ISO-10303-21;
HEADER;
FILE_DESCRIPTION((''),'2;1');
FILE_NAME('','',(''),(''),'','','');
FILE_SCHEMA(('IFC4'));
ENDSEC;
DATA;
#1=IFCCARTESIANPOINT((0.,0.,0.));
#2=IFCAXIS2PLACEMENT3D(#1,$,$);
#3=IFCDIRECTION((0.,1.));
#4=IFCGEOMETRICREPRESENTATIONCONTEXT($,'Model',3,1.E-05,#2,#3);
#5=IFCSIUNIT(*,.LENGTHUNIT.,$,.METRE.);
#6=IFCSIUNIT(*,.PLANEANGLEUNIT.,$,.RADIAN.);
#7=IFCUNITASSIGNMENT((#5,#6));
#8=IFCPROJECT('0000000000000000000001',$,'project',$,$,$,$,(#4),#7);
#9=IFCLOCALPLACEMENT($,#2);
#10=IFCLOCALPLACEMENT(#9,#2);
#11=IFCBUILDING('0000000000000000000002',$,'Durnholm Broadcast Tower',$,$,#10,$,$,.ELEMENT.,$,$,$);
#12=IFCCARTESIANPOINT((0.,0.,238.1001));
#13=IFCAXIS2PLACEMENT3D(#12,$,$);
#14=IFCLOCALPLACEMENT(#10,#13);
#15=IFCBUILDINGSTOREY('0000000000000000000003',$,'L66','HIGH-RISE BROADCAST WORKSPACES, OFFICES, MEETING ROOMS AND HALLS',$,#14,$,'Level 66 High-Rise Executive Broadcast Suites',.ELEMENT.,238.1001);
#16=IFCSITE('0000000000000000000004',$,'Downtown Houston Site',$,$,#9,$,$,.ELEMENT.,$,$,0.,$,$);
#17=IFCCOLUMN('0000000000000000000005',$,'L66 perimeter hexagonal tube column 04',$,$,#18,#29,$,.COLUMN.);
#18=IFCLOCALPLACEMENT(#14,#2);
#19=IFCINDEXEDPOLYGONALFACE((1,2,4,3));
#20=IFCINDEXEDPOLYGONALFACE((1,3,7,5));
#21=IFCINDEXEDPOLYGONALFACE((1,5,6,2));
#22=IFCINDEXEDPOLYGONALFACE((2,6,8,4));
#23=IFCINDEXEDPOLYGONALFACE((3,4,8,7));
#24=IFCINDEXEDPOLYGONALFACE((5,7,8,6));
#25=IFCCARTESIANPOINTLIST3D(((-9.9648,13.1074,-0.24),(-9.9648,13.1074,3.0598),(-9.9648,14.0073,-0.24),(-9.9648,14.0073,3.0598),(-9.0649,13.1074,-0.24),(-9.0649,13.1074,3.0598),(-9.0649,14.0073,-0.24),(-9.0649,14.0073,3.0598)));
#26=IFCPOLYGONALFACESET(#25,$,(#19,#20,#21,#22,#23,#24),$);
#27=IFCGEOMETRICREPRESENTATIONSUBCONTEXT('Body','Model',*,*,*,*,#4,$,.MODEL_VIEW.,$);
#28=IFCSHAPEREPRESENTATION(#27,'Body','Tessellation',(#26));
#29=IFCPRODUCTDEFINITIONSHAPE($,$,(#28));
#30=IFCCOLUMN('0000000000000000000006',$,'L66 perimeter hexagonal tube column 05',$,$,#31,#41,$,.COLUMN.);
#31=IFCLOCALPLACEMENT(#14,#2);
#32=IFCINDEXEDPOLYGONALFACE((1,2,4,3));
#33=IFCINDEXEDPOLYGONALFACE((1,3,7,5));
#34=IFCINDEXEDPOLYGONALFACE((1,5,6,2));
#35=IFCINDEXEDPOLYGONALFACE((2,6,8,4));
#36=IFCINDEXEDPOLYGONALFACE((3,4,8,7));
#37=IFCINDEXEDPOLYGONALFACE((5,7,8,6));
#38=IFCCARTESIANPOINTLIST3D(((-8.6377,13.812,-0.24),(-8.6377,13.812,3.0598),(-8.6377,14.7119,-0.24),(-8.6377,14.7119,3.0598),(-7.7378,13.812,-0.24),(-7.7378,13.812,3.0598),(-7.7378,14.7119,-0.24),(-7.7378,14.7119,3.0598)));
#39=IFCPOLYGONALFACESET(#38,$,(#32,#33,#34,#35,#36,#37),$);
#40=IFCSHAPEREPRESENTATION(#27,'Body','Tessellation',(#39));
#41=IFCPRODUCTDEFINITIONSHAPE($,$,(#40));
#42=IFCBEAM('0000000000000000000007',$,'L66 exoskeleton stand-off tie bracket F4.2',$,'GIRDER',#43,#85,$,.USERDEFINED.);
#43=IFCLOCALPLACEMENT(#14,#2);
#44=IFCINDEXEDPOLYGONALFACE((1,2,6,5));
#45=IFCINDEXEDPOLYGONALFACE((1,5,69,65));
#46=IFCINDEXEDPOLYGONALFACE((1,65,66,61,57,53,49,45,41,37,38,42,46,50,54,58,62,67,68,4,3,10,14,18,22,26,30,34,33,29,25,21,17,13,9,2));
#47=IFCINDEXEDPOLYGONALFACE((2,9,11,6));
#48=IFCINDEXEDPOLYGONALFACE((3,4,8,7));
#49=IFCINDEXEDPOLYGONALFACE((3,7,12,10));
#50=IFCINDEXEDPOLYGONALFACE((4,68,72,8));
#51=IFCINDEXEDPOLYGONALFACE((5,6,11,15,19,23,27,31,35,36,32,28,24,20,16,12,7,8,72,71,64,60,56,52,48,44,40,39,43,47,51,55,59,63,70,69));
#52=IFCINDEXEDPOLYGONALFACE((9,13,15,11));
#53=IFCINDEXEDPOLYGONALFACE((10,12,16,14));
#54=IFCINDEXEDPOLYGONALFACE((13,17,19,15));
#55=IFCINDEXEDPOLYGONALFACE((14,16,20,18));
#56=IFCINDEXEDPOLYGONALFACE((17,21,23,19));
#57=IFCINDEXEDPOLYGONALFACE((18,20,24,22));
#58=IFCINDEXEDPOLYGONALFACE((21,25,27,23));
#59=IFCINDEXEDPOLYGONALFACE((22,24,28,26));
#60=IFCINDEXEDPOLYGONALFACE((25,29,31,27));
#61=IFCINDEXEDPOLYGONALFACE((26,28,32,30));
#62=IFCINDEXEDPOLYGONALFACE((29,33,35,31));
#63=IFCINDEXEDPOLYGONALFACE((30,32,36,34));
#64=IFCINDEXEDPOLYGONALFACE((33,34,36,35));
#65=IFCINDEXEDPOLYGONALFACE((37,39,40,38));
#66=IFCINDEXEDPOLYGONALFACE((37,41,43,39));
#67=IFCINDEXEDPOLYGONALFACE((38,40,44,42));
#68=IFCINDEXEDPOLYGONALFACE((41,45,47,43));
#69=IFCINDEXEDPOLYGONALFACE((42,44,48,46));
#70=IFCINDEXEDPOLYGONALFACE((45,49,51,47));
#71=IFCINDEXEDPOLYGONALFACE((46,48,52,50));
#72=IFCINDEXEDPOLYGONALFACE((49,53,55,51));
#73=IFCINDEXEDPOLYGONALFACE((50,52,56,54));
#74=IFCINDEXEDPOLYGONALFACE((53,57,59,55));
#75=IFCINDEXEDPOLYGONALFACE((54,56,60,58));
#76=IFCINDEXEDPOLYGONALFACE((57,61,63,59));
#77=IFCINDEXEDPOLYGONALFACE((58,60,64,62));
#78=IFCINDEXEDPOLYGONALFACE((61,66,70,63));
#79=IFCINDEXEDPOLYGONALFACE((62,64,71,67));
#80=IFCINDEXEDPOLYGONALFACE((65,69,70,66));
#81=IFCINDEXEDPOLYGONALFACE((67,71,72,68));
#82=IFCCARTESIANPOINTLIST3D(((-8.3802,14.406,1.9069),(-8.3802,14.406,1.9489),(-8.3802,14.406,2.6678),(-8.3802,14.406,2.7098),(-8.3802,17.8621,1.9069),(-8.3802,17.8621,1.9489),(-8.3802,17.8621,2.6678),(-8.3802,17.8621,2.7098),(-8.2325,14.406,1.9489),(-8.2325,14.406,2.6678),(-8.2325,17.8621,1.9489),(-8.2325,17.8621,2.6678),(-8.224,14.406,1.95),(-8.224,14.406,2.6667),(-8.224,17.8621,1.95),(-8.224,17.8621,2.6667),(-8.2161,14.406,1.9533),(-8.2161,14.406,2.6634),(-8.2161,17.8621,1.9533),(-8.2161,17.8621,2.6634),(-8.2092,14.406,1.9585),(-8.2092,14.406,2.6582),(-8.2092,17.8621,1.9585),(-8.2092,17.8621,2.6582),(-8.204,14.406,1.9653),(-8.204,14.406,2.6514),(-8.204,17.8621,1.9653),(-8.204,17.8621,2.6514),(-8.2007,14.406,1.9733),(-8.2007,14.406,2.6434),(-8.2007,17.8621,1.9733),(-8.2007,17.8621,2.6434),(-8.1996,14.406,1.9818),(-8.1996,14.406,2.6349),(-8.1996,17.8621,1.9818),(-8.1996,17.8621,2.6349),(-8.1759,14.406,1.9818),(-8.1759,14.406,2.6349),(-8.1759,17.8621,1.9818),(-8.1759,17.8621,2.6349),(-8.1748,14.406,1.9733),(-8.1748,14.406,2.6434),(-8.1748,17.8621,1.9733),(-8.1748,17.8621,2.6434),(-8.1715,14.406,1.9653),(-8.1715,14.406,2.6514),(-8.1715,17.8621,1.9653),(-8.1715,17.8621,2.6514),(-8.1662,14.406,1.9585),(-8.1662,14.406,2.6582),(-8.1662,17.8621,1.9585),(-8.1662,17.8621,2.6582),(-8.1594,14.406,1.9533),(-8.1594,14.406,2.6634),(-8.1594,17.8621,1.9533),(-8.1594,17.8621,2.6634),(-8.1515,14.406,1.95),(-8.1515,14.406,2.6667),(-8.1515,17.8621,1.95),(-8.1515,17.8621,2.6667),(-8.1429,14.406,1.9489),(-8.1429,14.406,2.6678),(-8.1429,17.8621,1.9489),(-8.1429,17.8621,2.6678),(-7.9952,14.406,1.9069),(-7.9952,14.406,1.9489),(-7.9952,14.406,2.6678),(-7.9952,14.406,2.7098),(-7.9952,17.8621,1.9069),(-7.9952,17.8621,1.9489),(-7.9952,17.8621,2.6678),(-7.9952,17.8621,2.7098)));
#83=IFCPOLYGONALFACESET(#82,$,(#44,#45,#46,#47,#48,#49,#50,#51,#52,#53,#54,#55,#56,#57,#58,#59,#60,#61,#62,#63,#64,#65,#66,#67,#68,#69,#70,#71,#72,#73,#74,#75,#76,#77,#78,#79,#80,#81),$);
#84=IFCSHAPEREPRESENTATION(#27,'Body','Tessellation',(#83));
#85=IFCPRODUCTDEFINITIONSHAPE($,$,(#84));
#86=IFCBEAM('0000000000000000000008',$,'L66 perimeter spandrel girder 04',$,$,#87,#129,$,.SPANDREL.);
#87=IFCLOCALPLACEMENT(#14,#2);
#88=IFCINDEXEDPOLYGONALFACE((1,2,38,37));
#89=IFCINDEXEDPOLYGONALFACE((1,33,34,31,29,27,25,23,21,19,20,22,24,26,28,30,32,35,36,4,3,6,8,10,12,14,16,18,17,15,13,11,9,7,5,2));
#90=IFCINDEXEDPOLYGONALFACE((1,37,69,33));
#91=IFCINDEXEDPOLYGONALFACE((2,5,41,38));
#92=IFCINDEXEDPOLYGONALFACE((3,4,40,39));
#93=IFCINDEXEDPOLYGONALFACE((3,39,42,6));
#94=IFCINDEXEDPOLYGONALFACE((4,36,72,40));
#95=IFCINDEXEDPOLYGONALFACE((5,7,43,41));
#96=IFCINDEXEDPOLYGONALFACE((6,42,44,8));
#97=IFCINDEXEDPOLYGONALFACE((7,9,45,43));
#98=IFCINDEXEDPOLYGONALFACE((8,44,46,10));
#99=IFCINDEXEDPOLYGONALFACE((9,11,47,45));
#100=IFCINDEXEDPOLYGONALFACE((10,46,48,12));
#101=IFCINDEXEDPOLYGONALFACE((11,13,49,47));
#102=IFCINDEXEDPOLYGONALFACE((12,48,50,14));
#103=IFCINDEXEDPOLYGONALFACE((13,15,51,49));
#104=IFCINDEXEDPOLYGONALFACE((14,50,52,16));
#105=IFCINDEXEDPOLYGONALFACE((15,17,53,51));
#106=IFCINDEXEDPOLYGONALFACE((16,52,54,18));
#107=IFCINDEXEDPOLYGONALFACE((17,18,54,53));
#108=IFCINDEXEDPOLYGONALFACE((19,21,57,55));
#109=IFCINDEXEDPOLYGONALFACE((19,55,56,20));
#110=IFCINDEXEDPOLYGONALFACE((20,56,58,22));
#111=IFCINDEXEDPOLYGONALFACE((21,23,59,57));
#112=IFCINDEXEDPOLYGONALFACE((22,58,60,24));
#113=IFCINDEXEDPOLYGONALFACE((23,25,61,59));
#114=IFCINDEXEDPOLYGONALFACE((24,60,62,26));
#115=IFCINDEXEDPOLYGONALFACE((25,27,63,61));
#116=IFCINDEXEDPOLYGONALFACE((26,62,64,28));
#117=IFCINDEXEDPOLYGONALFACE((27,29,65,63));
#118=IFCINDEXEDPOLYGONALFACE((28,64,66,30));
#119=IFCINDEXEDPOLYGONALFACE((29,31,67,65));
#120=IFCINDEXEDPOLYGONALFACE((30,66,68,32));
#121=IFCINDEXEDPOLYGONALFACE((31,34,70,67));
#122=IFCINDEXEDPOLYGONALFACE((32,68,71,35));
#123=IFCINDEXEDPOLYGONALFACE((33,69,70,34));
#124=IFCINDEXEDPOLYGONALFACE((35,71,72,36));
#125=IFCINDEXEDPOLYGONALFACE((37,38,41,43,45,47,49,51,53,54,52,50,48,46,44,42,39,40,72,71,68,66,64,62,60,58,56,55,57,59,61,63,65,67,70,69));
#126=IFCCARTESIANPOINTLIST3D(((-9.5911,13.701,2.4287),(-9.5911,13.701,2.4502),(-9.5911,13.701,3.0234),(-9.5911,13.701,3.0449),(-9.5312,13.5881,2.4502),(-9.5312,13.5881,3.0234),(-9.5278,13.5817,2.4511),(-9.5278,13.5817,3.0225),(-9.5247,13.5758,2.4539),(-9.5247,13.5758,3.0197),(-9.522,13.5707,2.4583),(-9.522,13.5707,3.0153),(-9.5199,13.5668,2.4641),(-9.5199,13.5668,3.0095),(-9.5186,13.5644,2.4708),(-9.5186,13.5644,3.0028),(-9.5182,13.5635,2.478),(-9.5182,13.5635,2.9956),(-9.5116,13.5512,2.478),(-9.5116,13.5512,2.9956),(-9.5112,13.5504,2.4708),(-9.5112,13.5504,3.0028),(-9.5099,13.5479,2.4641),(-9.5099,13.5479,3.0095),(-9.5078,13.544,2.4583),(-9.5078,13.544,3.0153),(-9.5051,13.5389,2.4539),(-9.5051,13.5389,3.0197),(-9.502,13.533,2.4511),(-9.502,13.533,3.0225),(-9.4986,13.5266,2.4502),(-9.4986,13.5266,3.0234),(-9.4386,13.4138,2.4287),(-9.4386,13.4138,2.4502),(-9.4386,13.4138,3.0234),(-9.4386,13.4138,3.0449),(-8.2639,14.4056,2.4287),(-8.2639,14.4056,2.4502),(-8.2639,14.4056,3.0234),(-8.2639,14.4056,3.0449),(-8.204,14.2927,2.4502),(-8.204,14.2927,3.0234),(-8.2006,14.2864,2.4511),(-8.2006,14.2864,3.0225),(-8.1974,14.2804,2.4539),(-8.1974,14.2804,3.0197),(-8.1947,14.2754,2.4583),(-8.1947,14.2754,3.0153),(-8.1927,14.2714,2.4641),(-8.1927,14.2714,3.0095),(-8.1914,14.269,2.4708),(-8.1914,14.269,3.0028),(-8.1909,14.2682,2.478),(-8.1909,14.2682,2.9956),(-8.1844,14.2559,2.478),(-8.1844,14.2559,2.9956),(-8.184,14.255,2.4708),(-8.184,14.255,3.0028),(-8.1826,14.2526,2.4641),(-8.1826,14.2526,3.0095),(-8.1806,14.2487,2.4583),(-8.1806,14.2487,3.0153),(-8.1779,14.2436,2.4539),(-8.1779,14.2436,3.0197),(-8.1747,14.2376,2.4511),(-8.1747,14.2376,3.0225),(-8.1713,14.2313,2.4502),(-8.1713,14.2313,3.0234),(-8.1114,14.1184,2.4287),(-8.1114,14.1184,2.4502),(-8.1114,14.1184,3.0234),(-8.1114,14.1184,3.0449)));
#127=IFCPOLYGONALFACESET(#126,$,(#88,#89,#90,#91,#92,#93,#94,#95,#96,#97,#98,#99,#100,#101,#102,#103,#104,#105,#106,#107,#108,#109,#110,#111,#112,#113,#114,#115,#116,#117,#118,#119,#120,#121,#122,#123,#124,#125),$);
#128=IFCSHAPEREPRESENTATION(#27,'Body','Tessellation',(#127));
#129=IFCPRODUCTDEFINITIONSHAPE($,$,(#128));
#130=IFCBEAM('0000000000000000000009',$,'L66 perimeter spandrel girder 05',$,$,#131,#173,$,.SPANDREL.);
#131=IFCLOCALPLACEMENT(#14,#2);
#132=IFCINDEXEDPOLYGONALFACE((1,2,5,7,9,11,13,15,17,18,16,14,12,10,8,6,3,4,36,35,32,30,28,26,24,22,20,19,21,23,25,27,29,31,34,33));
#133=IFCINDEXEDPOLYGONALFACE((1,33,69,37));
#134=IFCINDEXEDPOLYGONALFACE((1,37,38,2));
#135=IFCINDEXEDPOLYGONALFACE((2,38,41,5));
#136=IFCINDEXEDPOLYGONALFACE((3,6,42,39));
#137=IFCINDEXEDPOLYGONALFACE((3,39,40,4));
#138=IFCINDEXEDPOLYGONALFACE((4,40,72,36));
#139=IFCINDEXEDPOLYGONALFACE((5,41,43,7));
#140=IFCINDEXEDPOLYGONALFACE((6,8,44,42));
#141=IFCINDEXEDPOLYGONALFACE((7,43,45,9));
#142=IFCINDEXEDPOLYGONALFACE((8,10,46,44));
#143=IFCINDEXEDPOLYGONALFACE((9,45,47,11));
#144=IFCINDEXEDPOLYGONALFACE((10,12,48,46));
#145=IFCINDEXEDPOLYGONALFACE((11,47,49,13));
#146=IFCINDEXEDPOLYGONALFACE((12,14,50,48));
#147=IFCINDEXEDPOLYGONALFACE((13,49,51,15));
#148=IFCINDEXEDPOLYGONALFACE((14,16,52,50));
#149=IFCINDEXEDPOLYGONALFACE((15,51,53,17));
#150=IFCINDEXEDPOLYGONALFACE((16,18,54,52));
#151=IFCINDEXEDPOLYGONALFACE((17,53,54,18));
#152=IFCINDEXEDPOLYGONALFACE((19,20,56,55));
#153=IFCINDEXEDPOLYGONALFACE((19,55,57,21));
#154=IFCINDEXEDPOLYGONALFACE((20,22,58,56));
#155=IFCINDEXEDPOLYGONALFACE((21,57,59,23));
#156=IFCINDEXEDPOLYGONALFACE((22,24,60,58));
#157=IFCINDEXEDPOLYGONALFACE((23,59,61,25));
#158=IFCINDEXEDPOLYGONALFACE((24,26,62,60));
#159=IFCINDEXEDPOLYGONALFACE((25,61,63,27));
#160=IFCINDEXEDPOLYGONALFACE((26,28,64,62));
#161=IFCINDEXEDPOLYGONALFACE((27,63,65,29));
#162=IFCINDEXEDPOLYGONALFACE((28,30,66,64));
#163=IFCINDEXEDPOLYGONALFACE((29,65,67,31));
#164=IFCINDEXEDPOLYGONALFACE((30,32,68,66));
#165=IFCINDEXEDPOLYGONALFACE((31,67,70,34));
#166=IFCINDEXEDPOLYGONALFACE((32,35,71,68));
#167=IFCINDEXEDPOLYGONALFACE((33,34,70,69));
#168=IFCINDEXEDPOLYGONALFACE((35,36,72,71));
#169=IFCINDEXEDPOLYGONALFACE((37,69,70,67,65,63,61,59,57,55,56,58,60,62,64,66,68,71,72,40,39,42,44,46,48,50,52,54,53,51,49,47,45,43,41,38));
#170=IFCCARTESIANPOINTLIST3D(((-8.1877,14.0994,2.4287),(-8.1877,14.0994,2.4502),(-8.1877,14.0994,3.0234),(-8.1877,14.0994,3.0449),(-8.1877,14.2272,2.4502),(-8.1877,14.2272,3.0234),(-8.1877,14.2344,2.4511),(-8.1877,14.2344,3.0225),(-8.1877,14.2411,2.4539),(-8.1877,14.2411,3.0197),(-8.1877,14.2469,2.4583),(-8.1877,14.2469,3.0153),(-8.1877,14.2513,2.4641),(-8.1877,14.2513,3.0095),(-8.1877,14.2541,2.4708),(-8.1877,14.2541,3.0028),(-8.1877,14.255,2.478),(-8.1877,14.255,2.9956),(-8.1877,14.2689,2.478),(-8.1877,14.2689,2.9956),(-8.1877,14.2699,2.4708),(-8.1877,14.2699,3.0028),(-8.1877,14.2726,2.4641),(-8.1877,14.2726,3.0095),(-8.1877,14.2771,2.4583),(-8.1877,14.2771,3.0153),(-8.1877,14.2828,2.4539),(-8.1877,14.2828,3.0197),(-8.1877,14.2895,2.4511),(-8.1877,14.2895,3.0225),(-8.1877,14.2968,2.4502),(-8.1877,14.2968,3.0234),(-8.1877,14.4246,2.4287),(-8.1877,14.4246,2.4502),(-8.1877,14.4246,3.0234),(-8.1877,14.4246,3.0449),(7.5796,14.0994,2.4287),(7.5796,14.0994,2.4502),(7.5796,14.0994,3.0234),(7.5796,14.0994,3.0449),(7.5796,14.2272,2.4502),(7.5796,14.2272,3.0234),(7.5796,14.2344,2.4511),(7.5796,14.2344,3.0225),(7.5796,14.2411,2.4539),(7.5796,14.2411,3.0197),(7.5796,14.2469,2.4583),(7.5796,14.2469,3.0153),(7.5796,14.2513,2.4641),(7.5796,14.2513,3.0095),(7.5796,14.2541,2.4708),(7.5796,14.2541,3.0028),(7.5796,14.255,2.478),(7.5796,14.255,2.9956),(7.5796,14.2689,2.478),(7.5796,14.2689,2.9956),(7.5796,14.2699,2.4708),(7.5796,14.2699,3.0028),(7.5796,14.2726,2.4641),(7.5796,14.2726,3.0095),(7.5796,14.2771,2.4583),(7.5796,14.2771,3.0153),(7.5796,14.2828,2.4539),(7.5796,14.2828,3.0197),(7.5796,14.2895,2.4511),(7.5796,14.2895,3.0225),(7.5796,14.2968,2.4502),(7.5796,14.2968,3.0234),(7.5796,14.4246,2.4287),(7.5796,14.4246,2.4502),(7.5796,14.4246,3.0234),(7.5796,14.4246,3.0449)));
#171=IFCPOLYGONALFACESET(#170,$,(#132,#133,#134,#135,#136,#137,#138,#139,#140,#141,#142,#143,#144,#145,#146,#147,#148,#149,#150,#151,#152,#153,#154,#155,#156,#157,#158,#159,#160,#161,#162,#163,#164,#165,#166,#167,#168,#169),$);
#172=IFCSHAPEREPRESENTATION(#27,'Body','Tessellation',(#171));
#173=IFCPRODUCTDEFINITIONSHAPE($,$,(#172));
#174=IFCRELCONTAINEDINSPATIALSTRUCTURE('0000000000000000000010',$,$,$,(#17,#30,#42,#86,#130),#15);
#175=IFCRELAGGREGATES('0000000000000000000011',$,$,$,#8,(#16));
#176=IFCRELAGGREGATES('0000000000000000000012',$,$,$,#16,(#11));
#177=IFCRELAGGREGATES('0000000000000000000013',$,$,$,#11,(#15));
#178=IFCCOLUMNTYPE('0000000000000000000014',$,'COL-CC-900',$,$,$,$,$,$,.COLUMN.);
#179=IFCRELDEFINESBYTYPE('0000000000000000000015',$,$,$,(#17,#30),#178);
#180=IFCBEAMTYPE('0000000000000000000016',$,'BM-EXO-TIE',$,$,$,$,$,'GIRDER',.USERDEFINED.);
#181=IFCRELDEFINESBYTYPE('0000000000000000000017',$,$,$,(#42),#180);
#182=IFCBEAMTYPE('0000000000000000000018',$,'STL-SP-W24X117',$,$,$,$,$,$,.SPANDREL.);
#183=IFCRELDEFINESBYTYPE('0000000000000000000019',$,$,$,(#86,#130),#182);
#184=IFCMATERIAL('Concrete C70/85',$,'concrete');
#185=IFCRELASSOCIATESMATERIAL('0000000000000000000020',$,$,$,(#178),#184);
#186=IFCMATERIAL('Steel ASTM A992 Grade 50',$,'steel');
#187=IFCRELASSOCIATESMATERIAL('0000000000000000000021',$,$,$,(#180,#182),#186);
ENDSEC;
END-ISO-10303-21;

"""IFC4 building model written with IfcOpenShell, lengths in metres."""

from ifc_helpers import new_model, si_unit, direction, frame, origin, origin_2d, place, context, subcontext, project, spatial, rectangle, i_section, extrude, source, transform, mapped, material, material_profile, profile_set, type_object, type_shapes, element, save


model = new_model("IFC4")

# Units and contexts
model_context = context("Model", 3, precision=1e-05, world=origin(), true_north=direction((0.0, 1.0)))
body_context = subcontext(model_context, "Body", "Model", "MODEL_VIEW")
ifc_project = project(units=[si_unit("LENGTHUNIT", "METRE"), si_unit("PLANEANGLEUNIT", "RADIAN")], contexts=[model_context])

# Site, building, storey
site_placement = place(None, origin())
site = spatial("IfcSite", under=ifc_project, at=site_placement, Name="Downtown Houston Site", CompositionType="ELEMENT", RefElevation=0.0)
building_placement = place(site_placement, origin())
building = spatial("IfcBuilding", under=site, at=building_placement, Name="Durnholm Broadcast Tower", CompositionType="ELEMENT")
storey_placement = place(building_placement, frame((0.0, 0.0, 238.1001)))
storey = spatial("IfcBuildingStorey", under=building, at=storey_placement, Name="L66", Description="HIGH-RISE BROADCAST WORKSPACES, OFFICES, MEETING ROOMS AND HALLS", LongName="Level 66 High-Rise Executive Broadcast Suites", CompositionType="ELEMENT", Elevation=238.1001)

# Columns
ifc_material_1 = material(Name="Concrete C70/85", Category="concrete")
ifc_material_profile_1 = material_profile(ifc_material_1, rectangle(XDim=0.8999, YDim=0.8999, at=origin_2d()), Name="RC900X900")
ifc_profile_set_1 = profile_set([ifc_material_profile_1], Name="Concrete C70/85")
column_type = type_object("IfcColumnType", Name="COL-CC-900", PredefinedType="COLUMN", material=ifc_profile_set_1)
shared_shape_1 = source(origin(), body_context, "Body", "SweptSolid", [
    extrude(rectangle(XDim=0.8999, YDim=0.8999, at=origin_2d()), origin(), (0.0, 0.0, 1.0), 3.2998),
])
type_shapes(column_type, [shared_shape_1])
for number, where, z_axis, x_axis, name in (
    (1, (-9.5149, 13.5574, -0.24), (0.0, 0.0, 1.0), (1.0, 0.0, 0.0), "L66 perimeter hexagonal tube column 04"),
    (2, (-8.1877, 14.262, -0.24), (0.0, 0.0, 1.0), (1.0, 0.0, 0.0), "L66 perimeter hexagonal tube column 05"),
):
    element("IfcColumn", number, at=place(storey_placement, frame(where, z_axis=z_axis, x_axis=x_axis)), inside=storey, type_object=column_type, Name=name, PredefinedType="COLUMN", context=body_context, shape_type="MappedRepresentation", body=[
        mapped(shared_shape_1, transform((0.0, 0.0, 0.0), x_axis=(1.0, 0.0, 0.0), y_axis=(0.0, 1.0, 0.0), z_axis=(0.0, 0.0, 1.0), scale=1.0)),
    ])

# Beams
ifc_material_2 = material(Name="Steel ASTM A992 Grade 50", Category="steel")
ifc_material_profile_2 = material_profile(ifc_material_2, i_section(OverallWidth=0.385, OverallDepth=0.803, WebThickness=0.0237, FlangeThickness=0.042, FilletRadius=0.033, at=origin_2d()), Name="W30X261")
ifc_profile_set_2 = profile_set([ifc_material_profile_2], Name="Steel ASTM A992 Grade 50")
beam_type_1 = type_object("IfcBeamType", Name="BM-EXO-TIE", ElementType="GIRDER", PredefinedType="USERDEFINED", material=ifc_profile_set_2)
shared_shape_2 = source(origin(), body_context, "Body", "SweptSolid", [
    extrude(i_section(OverallWidth=0.385, OverallDepth=0.803, WebThickness=0.0237, FlangeThickness=0.042, FilletRadius=0.033, at=origin_2d()), origin(), (0.0, 0.0, 1.0), 3.4561),
])
type_shapes(beam_type_1, [shared_shape_2])
beam_1_placement = place(storey_placement, frame((-8.1877, 14.406, 2.3083), z_axis=(0.0, 1.0, 0.0), x_axis=(-1.0, 0.0, 0.0)))
element("IfcBeam", 3, at=beam_1_placement, inside=storey, type_object=beam_type_1, Name="L66 exoskeleton stand-off tie bracket F4.2", ObjectType="GIRDER", PredefinedType="USERDEFINED", context=body_context, shape_type="MappedRepresentation", body=[
    mapped(shared_shape_2, transform((0.0, 0.0, 0.0), x_axis=(1.0, 0.0, 0.0), y_axis=(0.0, 1.0, 0.0), z_axis=(0.0, 0.0, 1.0), scale=1.0)),
])
ifc_material_profile_3 = material_profile(ifc_material_2, i_section(OverallWidth=0.3252, OverallDepth=0.6162, WebThickness=0.0139, FlangeThickness=0.0215, FilletRadius=0.0278, at=origin_2d()), Name="W24X117")
ifc_profile_set_3 = profile_set([ifc_material_profile_3], Name="Steel ASTM A992 Grade 50")
beam_type_2 = type_object("IfcBeamType", Name="STL-SP-W24X117", PredefinedType="SPANDREL", material=ifc_profile_set_3)
shared_shape_3 = source(origin(), body_context, "Body", "SweptSolid", [
    extrude(i_section(OverallWidth=0.3252, OverallDepth=0.6162, WebThickness=0.0139, FlangeThickness=0.0215, FilletRadius=0.0278, at=origin_2d()), origin(), (0.0, 0.0, 1.0), 1.5027),
])
beam_2_placement = place(storey_placement, frame((-9.5149, 13.5574, 2.7368), z_axis=(0.883242, 0.468918, 0.0), x_axis=(-0.468918, 0.883242, 0.0)))
element("IfcBeam", 4, at=beam_2_placement, inside=storey, type_object=beam_type_2, Name="L66 perimeter spandrel girder 04", PredefinedType="SPANDREL", context=body_context, shape_type="MappedRepresentation", body=[
    mapped(shared_shape_3, transform((0.0, 0.0, 0.0), x_axis=(1.0, 0.0, 0.0), y_axis=(0.0, 1.0, 0.0), z_axis=(0.0, 0.0, 1.0), scale=1.0)),
])
shared_shape_4 = source(origin(), body_context, "Body", "SweptSolid", [
    extrude(i_section(OverallWidth=0.3252, OverallDepth=0.6162, WebThickness=0.0139, FlangeThickness=0.0215, FilletRadius=0.0278, at=origin_2d()), origin(), (0.0, 0.0, 1.0), 15.7673),
])
type_shapes(beam_type_2, [shared_shape_3, shared_shape_4])
beam_3_placement = place(storey_placement, frame((-8.1877, 14.262, 2.7368), z_axis=(1.0, 0.0, 0.0), x_axis=(0.0, 1.0, 0.0)))
element("IfcBeam", 5, at=beam_3_placement, inside=storey, type_object=beam_type_2, Name="L66 perimeter spandrel girder 05", PredefinedType="SPANDREL", context=body_context, shape_type="MappedRepresentation", body=[
    mapped(shared_shape_4, transform((0.0, 0.0, 0.0), x_axis=(1.0, 0.0, 0.0), y_axis=(0.0, 1.0, 0.0), z_axis=(0.0, 0.0, 1.0), scale=1.0)),
])

save(model, "model.ifc")
